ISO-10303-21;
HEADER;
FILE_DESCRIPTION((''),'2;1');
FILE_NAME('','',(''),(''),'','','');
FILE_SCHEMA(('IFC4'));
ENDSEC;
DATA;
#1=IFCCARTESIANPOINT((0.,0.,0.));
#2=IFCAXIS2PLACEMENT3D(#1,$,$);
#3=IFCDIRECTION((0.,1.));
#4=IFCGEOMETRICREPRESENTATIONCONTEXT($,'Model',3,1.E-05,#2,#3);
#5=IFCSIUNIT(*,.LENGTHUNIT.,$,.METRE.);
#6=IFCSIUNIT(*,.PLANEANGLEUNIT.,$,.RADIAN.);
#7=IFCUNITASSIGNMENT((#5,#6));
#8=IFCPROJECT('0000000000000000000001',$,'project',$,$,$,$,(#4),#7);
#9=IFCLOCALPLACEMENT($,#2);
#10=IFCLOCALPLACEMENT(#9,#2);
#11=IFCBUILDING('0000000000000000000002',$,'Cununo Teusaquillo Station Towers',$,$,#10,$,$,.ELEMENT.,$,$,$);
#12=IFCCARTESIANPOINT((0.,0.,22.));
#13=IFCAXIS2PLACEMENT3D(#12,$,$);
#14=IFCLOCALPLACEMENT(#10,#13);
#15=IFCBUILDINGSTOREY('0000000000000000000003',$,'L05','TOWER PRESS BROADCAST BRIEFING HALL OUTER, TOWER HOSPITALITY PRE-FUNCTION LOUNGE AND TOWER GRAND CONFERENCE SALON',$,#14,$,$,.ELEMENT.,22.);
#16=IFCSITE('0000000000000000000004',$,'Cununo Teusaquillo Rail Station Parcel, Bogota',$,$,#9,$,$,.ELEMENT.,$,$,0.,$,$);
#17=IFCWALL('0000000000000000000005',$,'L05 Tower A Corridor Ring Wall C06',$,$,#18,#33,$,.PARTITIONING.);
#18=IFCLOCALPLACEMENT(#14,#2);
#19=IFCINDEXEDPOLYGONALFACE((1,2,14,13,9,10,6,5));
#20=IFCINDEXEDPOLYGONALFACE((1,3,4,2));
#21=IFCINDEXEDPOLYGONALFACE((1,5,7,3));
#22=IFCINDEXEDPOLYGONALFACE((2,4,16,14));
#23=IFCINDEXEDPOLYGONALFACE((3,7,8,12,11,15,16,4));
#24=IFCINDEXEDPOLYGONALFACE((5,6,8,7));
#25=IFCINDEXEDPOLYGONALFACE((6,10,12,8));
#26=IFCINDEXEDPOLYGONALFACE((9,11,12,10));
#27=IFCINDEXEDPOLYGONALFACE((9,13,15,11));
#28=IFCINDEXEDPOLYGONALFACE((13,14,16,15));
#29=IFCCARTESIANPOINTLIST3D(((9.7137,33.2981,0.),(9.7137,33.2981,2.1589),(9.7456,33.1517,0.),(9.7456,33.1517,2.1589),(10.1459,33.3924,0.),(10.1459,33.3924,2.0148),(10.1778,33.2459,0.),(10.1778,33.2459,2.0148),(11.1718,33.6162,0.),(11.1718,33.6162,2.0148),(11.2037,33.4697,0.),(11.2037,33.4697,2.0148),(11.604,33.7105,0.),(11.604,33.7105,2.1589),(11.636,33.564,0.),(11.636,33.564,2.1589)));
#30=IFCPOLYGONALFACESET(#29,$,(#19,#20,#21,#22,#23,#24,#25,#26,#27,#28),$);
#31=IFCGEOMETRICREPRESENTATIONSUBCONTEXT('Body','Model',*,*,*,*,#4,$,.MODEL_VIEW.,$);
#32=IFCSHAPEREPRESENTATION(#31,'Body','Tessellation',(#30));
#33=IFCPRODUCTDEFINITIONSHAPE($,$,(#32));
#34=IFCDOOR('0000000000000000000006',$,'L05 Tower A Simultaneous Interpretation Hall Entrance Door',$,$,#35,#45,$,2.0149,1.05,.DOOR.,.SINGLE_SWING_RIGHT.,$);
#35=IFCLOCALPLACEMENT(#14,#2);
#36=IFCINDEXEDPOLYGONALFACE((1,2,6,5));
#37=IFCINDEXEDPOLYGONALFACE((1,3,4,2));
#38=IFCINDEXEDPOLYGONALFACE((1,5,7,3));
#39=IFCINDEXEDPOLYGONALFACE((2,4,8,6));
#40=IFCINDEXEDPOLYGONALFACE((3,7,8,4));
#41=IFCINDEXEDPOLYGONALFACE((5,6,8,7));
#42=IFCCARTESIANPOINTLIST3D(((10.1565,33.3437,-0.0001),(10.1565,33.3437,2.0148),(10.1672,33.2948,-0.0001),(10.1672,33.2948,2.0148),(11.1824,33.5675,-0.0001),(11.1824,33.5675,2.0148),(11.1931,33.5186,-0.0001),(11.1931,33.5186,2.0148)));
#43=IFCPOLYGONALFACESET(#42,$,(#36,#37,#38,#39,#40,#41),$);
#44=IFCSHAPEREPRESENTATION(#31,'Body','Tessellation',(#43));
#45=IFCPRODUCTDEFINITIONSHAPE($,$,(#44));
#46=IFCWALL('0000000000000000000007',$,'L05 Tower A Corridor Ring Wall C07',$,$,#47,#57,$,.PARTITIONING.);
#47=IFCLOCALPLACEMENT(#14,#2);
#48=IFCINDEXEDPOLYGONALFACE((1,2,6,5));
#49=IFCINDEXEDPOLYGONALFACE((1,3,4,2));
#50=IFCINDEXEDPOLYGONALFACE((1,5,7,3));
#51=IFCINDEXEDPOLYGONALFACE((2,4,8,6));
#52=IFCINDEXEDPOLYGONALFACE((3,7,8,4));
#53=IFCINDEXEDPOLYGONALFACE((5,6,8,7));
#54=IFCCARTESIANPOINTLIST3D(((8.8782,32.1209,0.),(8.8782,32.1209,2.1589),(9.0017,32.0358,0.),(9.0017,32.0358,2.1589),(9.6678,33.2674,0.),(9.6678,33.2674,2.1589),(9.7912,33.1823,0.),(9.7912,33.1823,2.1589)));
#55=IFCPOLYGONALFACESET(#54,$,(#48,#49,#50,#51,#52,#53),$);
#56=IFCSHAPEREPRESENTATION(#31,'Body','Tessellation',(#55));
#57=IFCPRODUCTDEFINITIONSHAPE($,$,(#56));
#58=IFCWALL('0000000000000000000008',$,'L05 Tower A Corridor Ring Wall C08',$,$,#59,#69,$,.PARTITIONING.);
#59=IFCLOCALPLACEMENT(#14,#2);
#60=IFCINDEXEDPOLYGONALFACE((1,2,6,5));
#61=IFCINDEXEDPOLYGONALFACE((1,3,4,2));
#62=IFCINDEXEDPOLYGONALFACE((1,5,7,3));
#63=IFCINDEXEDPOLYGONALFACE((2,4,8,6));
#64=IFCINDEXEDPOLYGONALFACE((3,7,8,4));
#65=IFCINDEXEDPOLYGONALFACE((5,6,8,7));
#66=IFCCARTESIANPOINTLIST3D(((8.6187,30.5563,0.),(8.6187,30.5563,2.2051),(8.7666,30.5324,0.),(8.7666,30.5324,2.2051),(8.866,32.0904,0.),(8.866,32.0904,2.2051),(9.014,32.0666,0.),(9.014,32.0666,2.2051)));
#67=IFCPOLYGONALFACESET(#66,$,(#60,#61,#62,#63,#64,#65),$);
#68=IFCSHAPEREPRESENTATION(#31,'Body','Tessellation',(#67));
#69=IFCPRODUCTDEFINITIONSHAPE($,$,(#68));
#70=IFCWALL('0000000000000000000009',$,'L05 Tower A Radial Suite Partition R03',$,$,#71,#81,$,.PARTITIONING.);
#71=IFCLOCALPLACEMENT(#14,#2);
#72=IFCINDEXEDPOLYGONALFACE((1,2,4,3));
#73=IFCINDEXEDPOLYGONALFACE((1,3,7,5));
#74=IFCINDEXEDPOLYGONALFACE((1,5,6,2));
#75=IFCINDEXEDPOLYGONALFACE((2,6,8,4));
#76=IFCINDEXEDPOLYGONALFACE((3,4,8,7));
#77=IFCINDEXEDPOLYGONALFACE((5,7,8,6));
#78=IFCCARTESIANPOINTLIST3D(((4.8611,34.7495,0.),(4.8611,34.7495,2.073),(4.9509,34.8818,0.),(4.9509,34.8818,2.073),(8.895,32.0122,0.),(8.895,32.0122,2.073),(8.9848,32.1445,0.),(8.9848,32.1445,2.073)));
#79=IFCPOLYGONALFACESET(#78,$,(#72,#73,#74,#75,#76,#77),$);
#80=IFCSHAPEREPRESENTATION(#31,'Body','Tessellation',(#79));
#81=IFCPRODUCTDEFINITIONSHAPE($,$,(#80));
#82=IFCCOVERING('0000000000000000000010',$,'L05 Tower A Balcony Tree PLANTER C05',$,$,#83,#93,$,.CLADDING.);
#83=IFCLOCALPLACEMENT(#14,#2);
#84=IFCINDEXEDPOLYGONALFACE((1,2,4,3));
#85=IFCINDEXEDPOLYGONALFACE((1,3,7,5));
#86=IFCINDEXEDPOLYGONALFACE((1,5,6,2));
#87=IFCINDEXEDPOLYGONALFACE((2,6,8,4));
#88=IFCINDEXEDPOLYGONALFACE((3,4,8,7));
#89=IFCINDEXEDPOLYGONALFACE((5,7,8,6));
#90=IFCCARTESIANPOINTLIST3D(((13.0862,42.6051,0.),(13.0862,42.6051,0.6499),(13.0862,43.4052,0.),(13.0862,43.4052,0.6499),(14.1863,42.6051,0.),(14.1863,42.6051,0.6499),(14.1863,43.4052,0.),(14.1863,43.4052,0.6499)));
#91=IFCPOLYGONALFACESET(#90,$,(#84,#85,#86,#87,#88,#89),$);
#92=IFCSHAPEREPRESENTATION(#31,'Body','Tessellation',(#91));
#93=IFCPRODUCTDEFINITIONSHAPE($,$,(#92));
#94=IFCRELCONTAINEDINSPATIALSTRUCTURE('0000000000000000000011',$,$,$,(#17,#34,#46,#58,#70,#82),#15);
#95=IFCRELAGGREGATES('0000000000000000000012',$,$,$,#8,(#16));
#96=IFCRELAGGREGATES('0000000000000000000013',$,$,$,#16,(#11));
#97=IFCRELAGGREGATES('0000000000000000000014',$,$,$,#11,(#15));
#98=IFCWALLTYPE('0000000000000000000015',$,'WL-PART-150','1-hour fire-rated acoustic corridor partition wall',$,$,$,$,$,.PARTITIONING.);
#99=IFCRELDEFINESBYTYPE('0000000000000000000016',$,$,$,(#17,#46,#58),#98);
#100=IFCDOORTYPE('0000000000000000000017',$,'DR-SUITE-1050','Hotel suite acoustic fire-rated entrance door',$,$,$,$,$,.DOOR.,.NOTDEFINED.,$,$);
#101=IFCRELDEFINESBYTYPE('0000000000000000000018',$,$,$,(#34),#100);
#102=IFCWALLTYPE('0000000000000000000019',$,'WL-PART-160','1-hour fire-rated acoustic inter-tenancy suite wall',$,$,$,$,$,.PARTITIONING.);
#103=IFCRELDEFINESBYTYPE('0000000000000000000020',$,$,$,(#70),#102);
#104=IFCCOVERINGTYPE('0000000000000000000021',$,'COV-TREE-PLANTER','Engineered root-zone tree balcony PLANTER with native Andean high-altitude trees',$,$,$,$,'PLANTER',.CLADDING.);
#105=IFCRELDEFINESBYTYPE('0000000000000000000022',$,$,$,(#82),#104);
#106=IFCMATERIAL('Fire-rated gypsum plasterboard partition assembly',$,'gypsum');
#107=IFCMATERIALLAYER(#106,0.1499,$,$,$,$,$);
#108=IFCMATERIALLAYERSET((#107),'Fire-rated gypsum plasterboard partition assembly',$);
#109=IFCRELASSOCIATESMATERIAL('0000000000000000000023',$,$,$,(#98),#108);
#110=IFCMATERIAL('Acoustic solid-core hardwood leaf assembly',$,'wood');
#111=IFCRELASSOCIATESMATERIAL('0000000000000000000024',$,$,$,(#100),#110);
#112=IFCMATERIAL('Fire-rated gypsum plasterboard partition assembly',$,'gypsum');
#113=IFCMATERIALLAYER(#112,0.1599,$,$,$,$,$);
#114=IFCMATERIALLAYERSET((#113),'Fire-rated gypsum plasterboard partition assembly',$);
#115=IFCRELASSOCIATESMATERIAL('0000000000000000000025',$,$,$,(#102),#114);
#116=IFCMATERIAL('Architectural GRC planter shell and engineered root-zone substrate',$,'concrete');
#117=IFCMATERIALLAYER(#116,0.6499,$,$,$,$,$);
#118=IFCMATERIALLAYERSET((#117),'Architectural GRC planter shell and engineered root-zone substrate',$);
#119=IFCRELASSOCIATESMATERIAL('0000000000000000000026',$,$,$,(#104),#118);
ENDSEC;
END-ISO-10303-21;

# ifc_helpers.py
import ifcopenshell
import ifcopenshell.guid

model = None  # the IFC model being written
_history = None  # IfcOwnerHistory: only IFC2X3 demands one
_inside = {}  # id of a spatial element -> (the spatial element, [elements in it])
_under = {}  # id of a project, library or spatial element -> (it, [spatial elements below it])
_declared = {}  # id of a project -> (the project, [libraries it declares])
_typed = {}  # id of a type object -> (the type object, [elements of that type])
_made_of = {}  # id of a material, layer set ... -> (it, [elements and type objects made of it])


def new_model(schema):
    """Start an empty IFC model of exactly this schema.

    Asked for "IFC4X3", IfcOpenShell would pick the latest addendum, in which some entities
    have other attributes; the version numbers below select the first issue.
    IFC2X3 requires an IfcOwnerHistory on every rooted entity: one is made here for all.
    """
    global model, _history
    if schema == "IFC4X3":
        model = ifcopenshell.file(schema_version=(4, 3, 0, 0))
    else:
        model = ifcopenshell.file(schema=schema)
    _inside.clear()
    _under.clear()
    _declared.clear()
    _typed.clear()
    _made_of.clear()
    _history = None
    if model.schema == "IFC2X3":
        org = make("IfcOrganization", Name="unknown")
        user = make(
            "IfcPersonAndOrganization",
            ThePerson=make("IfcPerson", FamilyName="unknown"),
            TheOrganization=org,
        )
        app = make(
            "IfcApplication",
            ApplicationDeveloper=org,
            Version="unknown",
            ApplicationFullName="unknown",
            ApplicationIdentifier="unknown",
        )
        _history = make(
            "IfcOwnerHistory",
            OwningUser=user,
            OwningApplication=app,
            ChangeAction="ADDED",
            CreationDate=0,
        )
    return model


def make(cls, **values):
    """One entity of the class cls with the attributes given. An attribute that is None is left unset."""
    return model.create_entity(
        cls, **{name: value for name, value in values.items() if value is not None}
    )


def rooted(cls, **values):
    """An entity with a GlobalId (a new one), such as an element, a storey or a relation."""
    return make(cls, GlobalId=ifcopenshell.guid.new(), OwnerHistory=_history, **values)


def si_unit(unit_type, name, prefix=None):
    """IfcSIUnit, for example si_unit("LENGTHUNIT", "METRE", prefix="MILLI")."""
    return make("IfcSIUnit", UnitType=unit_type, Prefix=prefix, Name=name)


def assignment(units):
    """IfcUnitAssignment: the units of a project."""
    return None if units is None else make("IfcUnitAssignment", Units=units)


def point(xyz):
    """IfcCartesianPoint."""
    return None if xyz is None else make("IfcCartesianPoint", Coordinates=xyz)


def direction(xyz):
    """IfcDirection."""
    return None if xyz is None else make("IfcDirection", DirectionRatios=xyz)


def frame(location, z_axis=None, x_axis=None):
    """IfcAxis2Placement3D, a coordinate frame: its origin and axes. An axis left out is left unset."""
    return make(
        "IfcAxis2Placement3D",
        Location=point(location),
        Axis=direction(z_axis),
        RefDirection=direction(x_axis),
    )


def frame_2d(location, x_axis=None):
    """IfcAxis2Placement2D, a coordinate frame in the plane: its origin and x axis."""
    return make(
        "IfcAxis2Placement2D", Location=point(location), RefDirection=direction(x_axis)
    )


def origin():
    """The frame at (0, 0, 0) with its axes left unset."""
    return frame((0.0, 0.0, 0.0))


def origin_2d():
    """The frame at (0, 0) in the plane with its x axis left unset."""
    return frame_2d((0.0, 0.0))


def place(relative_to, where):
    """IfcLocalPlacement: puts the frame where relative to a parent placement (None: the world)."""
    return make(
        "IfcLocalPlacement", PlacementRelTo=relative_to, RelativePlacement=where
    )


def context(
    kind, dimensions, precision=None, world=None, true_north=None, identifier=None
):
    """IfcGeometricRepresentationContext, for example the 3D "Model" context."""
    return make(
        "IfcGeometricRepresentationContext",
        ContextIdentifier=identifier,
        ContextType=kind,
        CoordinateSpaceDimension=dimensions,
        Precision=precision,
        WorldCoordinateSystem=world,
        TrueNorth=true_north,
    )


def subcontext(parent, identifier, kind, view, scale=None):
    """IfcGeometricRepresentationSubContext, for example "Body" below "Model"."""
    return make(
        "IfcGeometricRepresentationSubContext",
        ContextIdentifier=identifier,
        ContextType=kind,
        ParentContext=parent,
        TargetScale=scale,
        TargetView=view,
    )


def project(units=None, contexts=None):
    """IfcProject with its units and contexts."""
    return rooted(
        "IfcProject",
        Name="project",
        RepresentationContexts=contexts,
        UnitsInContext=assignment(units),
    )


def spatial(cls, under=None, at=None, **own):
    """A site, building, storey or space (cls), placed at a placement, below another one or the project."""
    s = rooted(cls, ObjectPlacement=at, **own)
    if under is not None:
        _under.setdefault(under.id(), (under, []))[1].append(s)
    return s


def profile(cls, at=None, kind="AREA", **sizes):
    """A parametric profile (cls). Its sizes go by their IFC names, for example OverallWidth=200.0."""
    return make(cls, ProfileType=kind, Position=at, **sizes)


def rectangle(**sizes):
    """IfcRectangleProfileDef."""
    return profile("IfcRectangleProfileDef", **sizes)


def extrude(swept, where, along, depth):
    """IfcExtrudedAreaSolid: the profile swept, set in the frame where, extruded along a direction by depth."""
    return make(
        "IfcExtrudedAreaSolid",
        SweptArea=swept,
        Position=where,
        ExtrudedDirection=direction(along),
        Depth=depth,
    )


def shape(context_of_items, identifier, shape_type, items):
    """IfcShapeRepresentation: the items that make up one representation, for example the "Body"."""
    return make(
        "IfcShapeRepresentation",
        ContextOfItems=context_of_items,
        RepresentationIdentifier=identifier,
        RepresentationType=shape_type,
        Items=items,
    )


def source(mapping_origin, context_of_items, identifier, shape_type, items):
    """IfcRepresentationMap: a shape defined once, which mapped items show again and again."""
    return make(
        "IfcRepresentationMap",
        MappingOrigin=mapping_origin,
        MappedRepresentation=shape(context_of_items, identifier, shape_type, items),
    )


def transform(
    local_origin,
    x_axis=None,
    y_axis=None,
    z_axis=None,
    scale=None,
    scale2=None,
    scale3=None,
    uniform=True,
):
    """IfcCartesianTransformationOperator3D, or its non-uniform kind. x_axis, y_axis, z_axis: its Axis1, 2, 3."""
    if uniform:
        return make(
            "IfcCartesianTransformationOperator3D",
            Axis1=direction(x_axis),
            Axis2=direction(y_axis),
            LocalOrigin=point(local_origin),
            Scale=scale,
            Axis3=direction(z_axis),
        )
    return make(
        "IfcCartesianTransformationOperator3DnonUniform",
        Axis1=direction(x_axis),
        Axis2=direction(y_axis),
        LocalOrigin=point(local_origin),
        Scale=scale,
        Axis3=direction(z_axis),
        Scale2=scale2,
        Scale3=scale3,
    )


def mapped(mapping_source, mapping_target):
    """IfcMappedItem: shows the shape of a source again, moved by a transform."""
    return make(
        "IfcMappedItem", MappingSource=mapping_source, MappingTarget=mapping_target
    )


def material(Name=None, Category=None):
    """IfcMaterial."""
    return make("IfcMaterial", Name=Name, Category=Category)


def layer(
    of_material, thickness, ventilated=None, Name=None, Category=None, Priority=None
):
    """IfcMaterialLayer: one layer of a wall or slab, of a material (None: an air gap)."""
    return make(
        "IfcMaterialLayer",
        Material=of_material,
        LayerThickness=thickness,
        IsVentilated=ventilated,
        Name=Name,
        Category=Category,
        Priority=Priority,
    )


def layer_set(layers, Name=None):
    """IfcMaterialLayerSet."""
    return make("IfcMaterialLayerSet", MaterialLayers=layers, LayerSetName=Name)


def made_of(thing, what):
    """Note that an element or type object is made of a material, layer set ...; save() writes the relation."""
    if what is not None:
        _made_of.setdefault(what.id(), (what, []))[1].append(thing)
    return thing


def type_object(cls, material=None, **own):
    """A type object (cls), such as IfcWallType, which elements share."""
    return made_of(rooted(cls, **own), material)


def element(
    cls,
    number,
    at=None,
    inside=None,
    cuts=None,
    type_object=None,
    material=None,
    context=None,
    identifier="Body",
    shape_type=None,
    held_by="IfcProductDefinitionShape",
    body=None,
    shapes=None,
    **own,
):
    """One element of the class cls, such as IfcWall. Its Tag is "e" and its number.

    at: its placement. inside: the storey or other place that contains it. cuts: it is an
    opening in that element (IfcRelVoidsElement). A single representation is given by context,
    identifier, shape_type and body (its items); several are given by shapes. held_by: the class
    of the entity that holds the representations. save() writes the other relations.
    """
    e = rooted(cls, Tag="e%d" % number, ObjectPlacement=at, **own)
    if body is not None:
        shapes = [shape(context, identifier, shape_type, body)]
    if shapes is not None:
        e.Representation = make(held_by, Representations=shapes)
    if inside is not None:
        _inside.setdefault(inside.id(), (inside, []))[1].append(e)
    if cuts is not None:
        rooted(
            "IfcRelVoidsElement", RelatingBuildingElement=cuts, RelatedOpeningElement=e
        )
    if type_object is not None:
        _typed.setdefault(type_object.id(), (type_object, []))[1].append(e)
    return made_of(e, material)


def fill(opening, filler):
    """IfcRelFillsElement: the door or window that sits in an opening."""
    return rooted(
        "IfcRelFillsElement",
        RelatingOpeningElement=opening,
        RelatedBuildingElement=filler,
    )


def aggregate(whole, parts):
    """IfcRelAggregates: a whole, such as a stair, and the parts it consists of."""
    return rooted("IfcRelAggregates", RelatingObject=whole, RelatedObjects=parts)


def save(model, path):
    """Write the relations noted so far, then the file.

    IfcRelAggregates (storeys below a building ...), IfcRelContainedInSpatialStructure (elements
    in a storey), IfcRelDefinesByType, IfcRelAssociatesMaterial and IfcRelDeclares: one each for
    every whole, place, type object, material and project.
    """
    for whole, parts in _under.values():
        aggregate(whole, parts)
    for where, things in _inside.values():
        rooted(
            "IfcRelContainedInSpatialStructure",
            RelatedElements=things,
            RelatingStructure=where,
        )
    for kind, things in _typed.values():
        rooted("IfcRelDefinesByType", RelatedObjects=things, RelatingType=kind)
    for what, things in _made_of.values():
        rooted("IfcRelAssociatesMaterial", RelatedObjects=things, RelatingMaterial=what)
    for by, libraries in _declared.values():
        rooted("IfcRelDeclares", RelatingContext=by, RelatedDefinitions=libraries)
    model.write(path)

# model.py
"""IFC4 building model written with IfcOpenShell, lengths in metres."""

from ifc_helpers import new_model, si_unit, direction, frame, frame_2d, origin, origin_2d, place, context, subcontext, project, spatial, rectangle, extrude, source, transform, mapped, material, layer, layer_set, type_object, element, fill, save


model = new_model("IFC4")

# Units and contexts
model_context = context("Model", 3, precision=1e-05, world=origin(), true_north=direction((0.0, 1.0)))
body_context = subcontext(model_context, "Body", "Model", "MODEL_VIEW")
ifc_project = project(units=[si_unit("LENGTHUNIT", "METRE"), si_unit("PLANEANGLEUNIT", "RADIAN")], contexts=[model_context])

# Site, building, storey
site_placement = place(None, origin())
site = spatial("IfcSite", under=ifc_project, at=site_placement, Name="Cununo Teusaquillo Rail Station Parcel, Bogota", CompositionType="ELEMENT", RefElevation=0.0)
building_placement = place(site_placement, origin())
building = spatial("IfcBuilding", under=site, at=building_placement, Name="Cununo Teusaquillo Station Towers", CompositionType="ELEMENT")
storey_placement = place(building_placement, frame((0.0, 0.0, 22.0)))
storey = spatial("IfcBuildingStorey", under=building, at=storey_placement, Name="L05", Description="TOWER PRESS BROADCAST BRIEFING HALL OUTER, TOWER HOSPITALITY PRE-FUNCTION LOUNGE AND TOWER GRAND CONFERENCE SALON", CompositionType="ELEMENT", Elevation=22.0)

# Wall, opening, door
ifc_material_1 = material(Name="Fire-rated gypsum plasterboard partition assembly", Category="gypsum")
ifc_layer_1 = layer(ifc_material_1, 0.1499)
ifc_layer_set_1 = layer_set([ifc_layer_1], Name="Fire-rated gypsum plasterboard partition assembly")
wall_type_1 = type_object("IfcWallType", Name="WL-PART-150", Description="1-hour fire-rated acoustic corridor partition wall", PredefinedType="PARTITIONING", material=ifc_layer_set_1)
wall_1_placement = place(storey_placement, frame((11.6199, 33.6372, 0.0), z_axis=(0.0, 0.0, 1.0), x_axis=(-0.977026, -0.213121, 0.0)))
wall_1 = element("IfcWall", 1, at=wall_1_placement, inside=storey, type_object=wall_type_1, Name="L05 Tower A Corridor Ring Wall C06", PredefinedType="PARTITIONING", context=body_context, shape_type="SweptSolid", body=[
    extrude(rectangle(XDim=1.9348, YDim=0.1499, at=frame_2d((0.9673, 0.0))), origin(), (0.0, 0.0, 1.0), 2.1589),
])
shared_shape_1 = source(origin(), body_context, "Body", "SweptSolid", [
    extrude(rectangle(XDim=1.05, YDim=2.0149, at=frame_2d((0.5249, 1.0073))), frame((0.0, 0.085, 0.0), z_axis=(0.0, -1.0, 0.0), x_axis=(1.0, 0.0, 0.0)), (0.0, 0.0, 1.0), 0.1699),
])
opening_1_placement = place(wall_1_placement, frame((0.4424, 0.0, 0.0)))
opening_1 = element("IfcOpeningElement", 2, at=opening_1_placement, cuts=wall_1, PredefinedType="OPENING", context=body_context, shape_type="MappedRepresentation", body=[
    mapped(shared_shape_1, transform((0.0, 0.0, 0.0), x_axis=(1.0, 0.0, 0.0), y_axis=(0.0, 1.0, 0.0), z_axis=(0.0, 0.0, 1.0), scale=1.0)),
])
ifc_material_2 = material(Name="Acoustic solid-core hardwood leaf assembly", Category="wood")
door_type_1 = type_object("IfcDoorType", Name="DR-SUITE-1050", Description="Hotel suite acoustic fire-rated entrance door", OperationType="NOTDEFINED", PredefinedType="DOOR", material=ifc_material_2)
shared_shape_2 = source(origin(), body_context, "Body", "SweptSolid", [
    extrude(rectangle(XDim=1.05, YDim=2.0149, at=frame_2d((0.5249, 1.0073))), frame((0.0, 0.0249, 0.0), z_axis=(0.0, -1.0, 0.0), x_axis=(1.0, 0.0, 0.0)), (0.0, 0.0, 1.0), 0.05),
])
door_1_placement = place(opening_1_placement, origin())
door_1 = element("IfcDoor", 3, at=door_1_placement, inside=storey, type_object=door_type_1, Name="L05 Tower A Simultaneous Interpretation Hall Entrance Door", OperationType="SINGLE_SWING_RIGHT", OverallHeight=2.0149, OverallWidth=1.05, PredefinedType="DOOR", context=body_context, shape_type="MappedRepresentation", body=[
    mapped(shared_shape_2, transform((0.0, 0.0, 0.0), x_axis=(1.0, 0.0, 0.0), y_axis=(0.0, 1.0, 0.0), z_axis=(0.0, 0.0, 1.0), scale=1.0)),
])
fill(opening_1, door_1)

# Walls
wall_2_placement = place(storey_placement, frame((9.7295, 33.2249, 0.0), z_axis=(0.0, 0.0, 1.0), x_axis=(-0.567184, -0.823591, 0.0)))
element("IfcWall", 4, at=wall_2_placement, inside=storey, type_object=wall_type_1, Name="L05 Tower A Corridor Ring Wall C07", PredefinedType="PARTITIONING", context=body_context, shape_type="SweptSolid", body=[
    extrude(rectangle(XDim=1.3921, YDim=0.1499, at=frame_2d((0.696, 0.0))), origin(), (0.0, 0.0, 1.0), 2.1589),
])
wall_3_placement = place(storey_placement, frame((8.9399, 32.0784, 0.0), z_axis=(0.0, 0.0, 1.0), x_axis=(-0.159148, -0.987255, 0.0)))
element("IfcWall", 5, at=wall_3_placement, inside=storey, type_object=wall_type_1, Name="L05 Tower A Corridor Ring Wall C08", PredefinedType="PARTITIONING", context=body_context, shape_type="SweptSolid", body=[
    extrude(rectangle(XDim=1.554, YDim=0.1499, at=frame_2d((0.7769, 0.0))), origin(), (0.0, 0.0, 1.0), 2.2051),
])
ifc_material_3 = material(Name="Fire-rated gypsum plasterboard partition assembly", Category="gypsum")
ifc_layer_2 = layer(ifc_material_3, 0.1599)
ifc_layer_set_2 = layer_set([ifc_layer_2], Name="Fire-rated gypsum plasterboard partition assembly")
wall_type_2 = type_object("IfcWallType", Name="WL-PART-160", Description="1-hour fire-rated acoustic inter-tenancy suite wall", PredefinedType="PARTITIONING", material=ifc_layer_set_2)
wall_4_placement = place(storey_placement, frame((8.9399, 32.0784, 0.0), z_axis=(0.0, 0.0, 1.0), x_axis=(-0.827477, 0.5615, 0.0)))
element("IfcWall", 6, at=wall_4_placement, inside=storey, type_object=wall_type_2, Name="L05 Tower A Radial Suite Partition R03", PredefinedType="PARTITIONING", context=body_context, shape_type="SweptSolid", body=[
    extrude(rectangle(XDim=4.875, YDim=0.1599, at=frame_2d((2.4375, 0.0))), origin(), (0.0, 0.0, 1.0), 2.073),
])

# Covering
ifc_material_4 = material(Name="Architectural GRC planter shell and engineered root-zone substrate", Category="concrete")
ifc_layer_3 = layer(ifc_material_4, 0.6499)
ifc_layer_set_3 = layer_set([ifc_layer_3], Name="Architectural GRC planter shell and engineered root-zone substrate")
covering_type = type_object("IfcCoveringType", Name="COV-TREE-PLANTER", Description="Engineered root-zone tree balcony PLANTER with native Andean high-altitude trees", ElementType="PLANTER", PredefinedType="CLADDING", material=ifc_layer_set_3)
shared_shape_3 = source(origin(), body_context, "Body", "SweptSolid", [
    extrude(rectangle(XDim=1.1001, YDim=0.8, at=origin_2d()), origin(), (0.0, 0.0, 1.0), 0.6499),
])
covering_placement = place(storey_placement, frame((13.6362, 43.0051, 0.0), z_axis=(0.0, 0.0, 1.0), x_axis=(1.0, 0.0, 0.0)))
element("IfcCovering", 7, at=covering_placement, inside=storey, type_object=covering_type, Name="L05 Tower A Balcony Tree PLANTER C05", PredefinedType="CLADDING", context=body_context, shape_type="MappedRepresentation", body=[
    mapped(shared_shape_3, transform((0.0, 0.0, 0.0), x_axis=(1.0, 0.0, 0.0), y_axis=(0.0, 1.0, 0.0), z_axis=(0.0, 0.0, 1.0), scale=1.0)),
])

save(model, "model.ifc")
